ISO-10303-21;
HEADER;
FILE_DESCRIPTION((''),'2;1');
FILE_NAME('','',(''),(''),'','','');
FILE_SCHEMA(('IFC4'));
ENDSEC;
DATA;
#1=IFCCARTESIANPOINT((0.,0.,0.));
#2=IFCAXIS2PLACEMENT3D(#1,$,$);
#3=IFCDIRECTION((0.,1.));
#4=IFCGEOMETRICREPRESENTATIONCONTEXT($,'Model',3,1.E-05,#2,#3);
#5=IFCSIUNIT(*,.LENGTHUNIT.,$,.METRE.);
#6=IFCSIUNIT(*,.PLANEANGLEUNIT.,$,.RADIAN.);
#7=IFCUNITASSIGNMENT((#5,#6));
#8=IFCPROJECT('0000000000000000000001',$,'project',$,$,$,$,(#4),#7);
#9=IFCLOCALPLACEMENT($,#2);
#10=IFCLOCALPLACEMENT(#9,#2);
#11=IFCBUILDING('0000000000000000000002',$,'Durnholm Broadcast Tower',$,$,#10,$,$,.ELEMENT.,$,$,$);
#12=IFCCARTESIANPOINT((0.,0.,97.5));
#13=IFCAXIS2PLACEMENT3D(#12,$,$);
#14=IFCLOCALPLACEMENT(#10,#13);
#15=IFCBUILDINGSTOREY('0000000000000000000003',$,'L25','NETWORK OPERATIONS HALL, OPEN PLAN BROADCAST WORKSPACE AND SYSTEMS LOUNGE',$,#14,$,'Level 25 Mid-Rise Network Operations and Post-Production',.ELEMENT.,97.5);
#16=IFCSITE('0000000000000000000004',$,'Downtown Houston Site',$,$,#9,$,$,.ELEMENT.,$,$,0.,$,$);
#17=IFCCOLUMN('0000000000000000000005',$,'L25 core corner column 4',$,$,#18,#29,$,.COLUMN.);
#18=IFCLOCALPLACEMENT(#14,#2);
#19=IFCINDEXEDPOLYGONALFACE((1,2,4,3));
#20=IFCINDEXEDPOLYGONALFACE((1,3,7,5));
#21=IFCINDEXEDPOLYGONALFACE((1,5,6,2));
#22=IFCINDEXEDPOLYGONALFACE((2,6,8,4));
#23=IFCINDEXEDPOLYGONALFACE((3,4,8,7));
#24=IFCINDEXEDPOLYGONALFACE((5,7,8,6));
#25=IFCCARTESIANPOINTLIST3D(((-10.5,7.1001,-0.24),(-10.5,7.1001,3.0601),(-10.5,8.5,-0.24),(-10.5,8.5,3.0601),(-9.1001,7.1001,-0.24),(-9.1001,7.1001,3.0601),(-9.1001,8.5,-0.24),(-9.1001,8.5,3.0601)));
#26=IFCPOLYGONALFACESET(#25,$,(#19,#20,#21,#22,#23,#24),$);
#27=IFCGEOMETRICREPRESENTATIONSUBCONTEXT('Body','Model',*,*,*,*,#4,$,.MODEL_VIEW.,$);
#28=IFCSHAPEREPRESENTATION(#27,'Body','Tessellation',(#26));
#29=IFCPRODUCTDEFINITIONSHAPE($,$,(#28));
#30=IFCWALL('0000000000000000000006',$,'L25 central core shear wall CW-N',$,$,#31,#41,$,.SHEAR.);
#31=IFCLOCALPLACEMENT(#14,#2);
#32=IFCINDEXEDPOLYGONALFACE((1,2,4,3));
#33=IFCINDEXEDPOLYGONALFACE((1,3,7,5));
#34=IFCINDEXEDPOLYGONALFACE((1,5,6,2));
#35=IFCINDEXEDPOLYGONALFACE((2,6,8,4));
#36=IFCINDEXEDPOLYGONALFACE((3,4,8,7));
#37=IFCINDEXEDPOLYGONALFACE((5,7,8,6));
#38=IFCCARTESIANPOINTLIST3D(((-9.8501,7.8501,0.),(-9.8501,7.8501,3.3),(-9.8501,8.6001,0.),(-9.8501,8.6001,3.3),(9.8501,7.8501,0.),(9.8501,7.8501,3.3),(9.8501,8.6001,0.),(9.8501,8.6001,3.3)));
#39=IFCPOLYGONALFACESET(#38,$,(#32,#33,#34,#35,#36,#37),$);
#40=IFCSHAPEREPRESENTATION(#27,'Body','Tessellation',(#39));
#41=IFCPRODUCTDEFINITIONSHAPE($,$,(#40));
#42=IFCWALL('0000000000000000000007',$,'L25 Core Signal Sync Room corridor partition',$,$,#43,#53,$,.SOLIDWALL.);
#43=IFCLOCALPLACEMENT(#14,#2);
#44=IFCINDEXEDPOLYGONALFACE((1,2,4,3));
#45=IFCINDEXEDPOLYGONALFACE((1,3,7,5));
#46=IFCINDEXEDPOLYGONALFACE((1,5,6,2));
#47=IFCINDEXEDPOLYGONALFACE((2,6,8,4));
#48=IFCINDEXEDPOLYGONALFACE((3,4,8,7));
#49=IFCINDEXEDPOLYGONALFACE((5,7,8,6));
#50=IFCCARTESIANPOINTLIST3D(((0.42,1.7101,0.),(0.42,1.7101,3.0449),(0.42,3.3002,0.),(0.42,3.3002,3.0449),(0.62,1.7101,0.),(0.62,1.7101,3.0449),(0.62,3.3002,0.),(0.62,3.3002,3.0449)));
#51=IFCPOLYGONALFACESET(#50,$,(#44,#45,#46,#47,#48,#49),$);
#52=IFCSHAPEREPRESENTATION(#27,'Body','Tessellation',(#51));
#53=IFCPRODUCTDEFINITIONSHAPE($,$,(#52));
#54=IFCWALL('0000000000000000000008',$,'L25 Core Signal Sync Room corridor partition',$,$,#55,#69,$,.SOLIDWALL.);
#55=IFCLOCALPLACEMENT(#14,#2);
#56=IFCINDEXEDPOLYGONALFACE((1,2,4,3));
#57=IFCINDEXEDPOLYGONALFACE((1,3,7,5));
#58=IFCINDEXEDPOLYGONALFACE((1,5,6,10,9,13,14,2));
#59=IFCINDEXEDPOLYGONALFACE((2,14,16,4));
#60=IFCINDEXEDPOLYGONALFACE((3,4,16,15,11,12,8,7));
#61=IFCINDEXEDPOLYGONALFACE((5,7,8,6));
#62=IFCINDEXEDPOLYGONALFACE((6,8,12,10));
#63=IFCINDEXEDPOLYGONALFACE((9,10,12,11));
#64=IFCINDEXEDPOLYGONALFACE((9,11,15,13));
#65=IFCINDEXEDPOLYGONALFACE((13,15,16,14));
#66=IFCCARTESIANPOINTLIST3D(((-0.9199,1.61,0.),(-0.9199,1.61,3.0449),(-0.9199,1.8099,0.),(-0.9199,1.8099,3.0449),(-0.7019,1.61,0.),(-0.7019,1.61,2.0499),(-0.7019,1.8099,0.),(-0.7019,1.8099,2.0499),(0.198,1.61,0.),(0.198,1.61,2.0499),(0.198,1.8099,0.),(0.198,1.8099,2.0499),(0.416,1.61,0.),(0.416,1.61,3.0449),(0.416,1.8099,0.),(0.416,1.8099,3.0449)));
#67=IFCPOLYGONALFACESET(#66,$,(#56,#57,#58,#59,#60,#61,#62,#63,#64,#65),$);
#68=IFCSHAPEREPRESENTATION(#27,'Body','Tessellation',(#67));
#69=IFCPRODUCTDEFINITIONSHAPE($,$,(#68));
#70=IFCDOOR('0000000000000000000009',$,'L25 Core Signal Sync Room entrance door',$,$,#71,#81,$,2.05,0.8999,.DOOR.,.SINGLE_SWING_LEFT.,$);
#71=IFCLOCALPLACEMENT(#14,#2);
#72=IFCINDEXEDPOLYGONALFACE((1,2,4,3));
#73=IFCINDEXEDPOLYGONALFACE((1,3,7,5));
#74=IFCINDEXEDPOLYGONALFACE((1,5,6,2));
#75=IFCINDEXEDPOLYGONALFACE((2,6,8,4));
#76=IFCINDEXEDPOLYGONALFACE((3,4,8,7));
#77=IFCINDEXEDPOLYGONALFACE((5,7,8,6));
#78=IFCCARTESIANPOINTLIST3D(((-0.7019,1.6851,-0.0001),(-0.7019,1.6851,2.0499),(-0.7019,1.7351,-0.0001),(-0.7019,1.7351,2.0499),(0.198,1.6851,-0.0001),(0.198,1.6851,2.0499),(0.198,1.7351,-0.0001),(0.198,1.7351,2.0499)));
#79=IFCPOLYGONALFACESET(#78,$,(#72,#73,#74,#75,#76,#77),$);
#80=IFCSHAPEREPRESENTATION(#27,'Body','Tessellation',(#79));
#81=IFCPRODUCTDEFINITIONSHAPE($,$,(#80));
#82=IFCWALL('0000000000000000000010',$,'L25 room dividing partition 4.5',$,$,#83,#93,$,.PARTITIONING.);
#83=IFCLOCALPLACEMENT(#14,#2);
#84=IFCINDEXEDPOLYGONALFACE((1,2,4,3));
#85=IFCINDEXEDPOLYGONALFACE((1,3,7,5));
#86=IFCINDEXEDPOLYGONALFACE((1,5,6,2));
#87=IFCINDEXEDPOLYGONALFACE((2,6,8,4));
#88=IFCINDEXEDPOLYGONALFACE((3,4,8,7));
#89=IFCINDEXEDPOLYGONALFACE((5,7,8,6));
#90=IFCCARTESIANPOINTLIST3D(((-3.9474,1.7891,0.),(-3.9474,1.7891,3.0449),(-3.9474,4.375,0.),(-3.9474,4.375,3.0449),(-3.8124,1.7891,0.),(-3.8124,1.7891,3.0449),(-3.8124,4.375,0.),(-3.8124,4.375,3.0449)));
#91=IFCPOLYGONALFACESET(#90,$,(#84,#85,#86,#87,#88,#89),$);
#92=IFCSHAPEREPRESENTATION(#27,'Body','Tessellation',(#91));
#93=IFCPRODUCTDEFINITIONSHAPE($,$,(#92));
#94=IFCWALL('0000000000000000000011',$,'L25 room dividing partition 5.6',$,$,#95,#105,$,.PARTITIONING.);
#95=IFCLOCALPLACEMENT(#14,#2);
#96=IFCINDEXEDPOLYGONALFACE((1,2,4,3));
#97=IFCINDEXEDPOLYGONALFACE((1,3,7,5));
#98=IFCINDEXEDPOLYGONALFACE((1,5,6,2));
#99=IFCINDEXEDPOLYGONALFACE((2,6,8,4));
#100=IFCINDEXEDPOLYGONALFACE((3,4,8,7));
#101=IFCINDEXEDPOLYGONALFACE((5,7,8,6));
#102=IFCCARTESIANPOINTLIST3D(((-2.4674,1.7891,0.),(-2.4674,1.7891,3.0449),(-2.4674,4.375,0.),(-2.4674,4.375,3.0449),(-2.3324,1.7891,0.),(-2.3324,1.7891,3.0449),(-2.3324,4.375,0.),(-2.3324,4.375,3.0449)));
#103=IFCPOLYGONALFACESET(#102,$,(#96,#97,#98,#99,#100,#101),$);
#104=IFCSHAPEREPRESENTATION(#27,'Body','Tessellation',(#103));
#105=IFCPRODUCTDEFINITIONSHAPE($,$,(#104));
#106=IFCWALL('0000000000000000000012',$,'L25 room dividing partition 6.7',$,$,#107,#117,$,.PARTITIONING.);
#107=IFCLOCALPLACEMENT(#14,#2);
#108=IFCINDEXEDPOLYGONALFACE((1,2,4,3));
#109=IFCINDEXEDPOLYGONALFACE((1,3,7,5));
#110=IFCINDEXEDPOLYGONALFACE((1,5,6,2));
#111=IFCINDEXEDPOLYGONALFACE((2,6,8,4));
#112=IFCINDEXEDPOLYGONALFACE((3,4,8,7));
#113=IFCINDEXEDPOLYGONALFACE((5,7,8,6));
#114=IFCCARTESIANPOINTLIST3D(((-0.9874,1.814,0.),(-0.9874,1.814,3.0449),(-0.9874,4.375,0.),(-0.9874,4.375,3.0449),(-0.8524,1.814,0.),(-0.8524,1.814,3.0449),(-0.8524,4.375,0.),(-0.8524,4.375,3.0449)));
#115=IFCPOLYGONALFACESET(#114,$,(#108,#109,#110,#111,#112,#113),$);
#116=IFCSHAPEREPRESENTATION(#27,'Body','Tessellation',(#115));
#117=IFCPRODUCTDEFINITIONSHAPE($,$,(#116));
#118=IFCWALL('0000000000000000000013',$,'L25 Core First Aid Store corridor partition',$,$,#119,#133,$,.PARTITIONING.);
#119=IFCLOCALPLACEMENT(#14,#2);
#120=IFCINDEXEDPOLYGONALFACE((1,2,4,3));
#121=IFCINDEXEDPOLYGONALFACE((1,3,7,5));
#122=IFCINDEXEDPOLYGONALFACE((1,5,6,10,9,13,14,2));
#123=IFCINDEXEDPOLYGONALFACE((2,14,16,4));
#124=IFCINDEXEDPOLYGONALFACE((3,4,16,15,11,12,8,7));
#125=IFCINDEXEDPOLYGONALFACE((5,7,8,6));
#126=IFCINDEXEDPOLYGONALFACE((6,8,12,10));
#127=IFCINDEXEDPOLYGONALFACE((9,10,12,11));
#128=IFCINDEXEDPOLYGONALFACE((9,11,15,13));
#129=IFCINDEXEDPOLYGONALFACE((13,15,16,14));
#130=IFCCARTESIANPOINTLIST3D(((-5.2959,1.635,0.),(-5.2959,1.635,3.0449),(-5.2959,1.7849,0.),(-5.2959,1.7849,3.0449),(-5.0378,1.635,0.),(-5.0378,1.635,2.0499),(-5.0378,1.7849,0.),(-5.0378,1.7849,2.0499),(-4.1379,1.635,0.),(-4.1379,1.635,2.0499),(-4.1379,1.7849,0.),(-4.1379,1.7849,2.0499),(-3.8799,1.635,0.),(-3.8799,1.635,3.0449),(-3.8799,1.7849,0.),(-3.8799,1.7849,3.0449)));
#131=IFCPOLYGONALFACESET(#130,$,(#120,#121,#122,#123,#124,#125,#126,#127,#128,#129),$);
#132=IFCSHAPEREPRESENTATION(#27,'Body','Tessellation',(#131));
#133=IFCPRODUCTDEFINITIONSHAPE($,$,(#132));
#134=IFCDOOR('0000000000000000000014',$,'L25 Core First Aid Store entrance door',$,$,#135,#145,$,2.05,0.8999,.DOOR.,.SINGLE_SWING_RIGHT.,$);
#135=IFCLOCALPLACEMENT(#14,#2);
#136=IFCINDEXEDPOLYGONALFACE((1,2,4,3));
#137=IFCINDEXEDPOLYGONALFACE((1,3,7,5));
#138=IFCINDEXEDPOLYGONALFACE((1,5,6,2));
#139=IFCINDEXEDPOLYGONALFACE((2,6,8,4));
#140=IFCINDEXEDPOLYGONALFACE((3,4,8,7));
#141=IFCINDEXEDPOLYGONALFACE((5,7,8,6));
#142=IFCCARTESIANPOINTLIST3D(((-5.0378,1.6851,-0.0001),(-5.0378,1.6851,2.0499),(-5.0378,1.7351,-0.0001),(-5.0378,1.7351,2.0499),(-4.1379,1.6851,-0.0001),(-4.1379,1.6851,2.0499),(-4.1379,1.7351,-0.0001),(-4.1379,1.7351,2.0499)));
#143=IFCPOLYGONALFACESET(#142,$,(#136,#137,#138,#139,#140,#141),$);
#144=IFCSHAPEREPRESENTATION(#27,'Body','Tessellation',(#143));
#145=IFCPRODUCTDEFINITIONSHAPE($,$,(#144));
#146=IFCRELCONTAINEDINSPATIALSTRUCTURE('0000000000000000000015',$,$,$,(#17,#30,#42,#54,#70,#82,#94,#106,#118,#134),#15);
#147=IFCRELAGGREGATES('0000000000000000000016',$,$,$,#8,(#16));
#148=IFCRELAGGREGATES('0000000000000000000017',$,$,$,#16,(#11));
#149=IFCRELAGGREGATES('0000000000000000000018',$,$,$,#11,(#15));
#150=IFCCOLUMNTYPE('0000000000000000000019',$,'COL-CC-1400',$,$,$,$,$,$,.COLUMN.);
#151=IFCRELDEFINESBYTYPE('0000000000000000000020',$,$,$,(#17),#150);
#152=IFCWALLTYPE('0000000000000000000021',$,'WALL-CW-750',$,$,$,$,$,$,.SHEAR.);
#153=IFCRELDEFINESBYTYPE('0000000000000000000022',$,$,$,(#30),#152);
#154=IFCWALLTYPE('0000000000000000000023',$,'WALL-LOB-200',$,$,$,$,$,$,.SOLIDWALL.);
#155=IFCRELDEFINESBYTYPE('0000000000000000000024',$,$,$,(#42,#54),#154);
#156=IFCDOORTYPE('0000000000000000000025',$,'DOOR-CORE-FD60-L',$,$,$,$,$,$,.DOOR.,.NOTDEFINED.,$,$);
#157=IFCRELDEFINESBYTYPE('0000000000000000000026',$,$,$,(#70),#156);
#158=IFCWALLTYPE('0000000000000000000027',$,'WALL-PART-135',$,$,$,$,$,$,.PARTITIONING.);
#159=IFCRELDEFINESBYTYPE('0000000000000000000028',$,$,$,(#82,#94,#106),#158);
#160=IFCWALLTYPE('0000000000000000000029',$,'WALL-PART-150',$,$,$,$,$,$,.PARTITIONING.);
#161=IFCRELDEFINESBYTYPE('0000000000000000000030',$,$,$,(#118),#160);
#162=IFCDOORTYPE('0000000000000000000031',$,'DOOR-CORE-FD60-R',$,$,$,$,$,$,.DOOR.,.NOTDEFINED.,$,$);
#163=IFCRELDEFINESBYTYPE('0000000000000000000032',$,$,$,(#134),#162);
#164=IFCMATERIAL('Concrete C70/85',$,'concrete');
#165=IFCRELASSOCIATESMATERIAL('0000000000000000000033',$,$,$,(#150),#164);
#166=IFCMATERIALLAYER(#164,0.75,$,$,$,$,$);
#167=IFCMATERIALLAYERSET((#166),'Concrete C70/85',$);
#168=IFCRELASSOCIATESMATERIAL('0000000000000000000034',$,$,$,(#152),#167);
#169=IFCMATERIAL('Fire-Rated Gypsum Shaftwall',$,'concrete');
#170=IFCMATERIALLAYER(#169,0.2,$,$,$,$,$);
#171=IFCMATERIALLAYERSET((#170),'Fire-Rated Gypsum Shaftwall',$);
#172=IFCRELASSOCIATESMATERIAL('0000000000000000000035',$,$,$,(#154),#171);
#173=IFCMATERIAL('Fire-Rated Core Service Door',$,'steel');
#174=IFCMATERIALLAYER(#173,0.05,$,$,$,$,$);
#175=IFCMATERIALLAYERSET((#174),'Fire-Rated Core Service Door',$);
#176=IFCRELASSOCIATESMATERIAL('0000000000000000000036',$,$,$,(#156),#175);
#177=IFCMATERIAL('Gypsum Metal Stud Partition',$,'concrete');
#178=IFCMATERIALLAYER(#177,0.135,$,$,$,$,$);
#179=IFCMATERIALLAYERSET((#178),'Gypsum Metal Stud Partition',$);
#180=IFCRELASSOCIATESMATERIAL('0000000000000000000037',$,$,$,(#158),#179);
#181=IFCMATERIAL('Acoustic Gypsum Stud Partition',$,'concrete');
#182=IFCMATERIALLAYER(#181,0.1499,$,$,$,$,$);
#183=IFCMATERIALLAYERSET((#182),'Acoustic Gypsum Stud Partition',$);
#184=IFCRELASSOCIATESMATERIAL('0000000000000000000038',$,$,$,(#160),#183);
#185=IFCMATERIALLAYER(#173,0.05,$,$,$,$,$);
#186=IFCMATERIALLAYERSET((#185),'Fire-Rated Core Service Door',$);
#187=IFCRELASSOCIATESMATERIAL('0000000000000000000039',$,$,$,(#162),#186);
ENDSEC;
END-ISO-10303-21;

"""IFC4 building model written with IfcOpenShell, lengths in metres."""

from ifc_helpers import new_model, si_unit, direction, frame, frame_2d, origin, origin_2d, place, context, subcontext, project, spatial, rectangle, extrude, source, transform, mapped, material, layer, layer_set, material_profile, profile_set, type_object, type_shapes, element, fill, save


model = new_model("IFC4")

# Units and contexts
model_context = context("Model", 3, precision=1e-05, world=origin(), true_north=direction((0.0, 1.0)))
body_context = subcontext(model_context, "Body", "Model", "MODEL_VIEW")
ifc_project = project(units=[si_unit("LENGTHUNIT", "METRE"), si_unit("PLANEANGLEUNIT", "RADIAN")], contexts=[model_context])

# Site, building, storey
site_placement = place(None, origin())
site = spatial("IfcSite", under=ifc_project, at=site_placement, Name="Downtown Houston Site", CompositionType="ELEMENT", RefElevation=0.0)
building_placement = place(site_placement, origin())
building = spatial("IfcBuilding", under=site, at=building_placement, Name="Durnholm Broadcast Tower", CompositionType="ELEMENT")
storey_placement = place(building_placement, frame((0.0, 0.0, 97.5)))
storey = spatial("IfcBuildingStorey", under=building, at=storey_placement, Name="L25", Description="NETWORK OPERATIONS HALL, OPEN PLAN BROADCAST WORKSPACE AND SYSTEMS LOUNGE", LongName="Level 25 Mid-Rise Network Operations and Post-Production", CompositionType="ELEMENT", Elevation=97.5)

# Column
ifc_material_1 = material(Name="Concrete C70/85", Category="concrete")
ifc_material_profile = material_profile(ifc_material_1, rectangle(XDim=1.3999, YDim=1.3999, at=origin_2d()), Name="RC1400X1400")
ifc_profile_set = profile_set([ifc_material_profile], Name="Concrete C70/85")
column_type = type_object("IfcColumnType", Name="COL-CC-1400", PredefinedType="COLUMN", material=ifc_profile_set)
shared_shape_1 = source(origin(), body_context, "Body", "SweptSolid", [
    extrude(rectangle(XDim=1.3999, YDim=1.3999, at=origin_2d()), origin(), (0.0, 0.0, 1.0), 3.3),
])
type_shapes(column_type, [shared_shape_1])
column_placement = place(storey_placement, frame((-9.8, 7.8, -0.24), z_axis=(0.0, 0.0, 1.0), x_axis=(1.0, 0.0, 0.0)))
element("IfcColumn", 1, at=column_placement, inside=storey, type_object=column_type, Name="L25 core corner column 4", PredefinedType="COLUMN", context=body_context, shape_type="MappedRepresentation", body=[
    mapped(shared_shape_1, transform((0.0, 0.0, 0.0), x_axis=(1.0, 0.0, 0.0), y_axis=(0.0, 1.0, 0.0), z_axis=(0.0, 0.0, 1.0), scale=1.0)),
])

# Walls
ifc_layer_1 = layer(ifc_material_1, 0.75)
ifc_layer_set_1 = layer_set([ifc_layer_1], Name="Concrete C70/85")
wall_type_1 = type_object("IfcWallType", Name="WALL-CW-750", PredefinedType="SHEAR", material=ifc_layer_set_1)
wall_1_placement = place(storey_placement, frame((-9.8501, 8.2251, 0.0), z_axis=(0.0, 0.0, 1.0), x_axis=(1.0, 0.0, 0.0)))
element("IfcWall", 2, at=wall_1_placement, inside=storey, type_object=wall_type_1, Name="L25 central core shear wall CW-N", PredefinedType="SHEAR", context=body_context, shape_type="SweptSolid", body=[
    extrude(rectangle(XDim=19.7002, YDim=0.75, at=frame_2d((9.8501, 0.0))), origin(), (0.0, 0.0, 1.0), 3.3),
])
ifc_material_2 = material(Name="Fire-Rated Gypsum Shaftwall", Category="concrete")
ifc_layer_2 = layer(ifc_material_2, 0.2)
ifc_layer_set_2 = layer_set([ifc_layer_2], Name="Fire-Rated Gypsum Shaftwall")
wall_type_2 = type_object("IfcWallType", Name="WALL-LOB-200", PredefinedType="SOLIDWALL", material=ifc_layer_set_2)
wall_2_placement = place(storey_placement, frame((0.52, 3.3, 0.0), z_axis=(0.0, 0.0, 1.0), x_axis=(0.0, -1.0, 0.0)))
element("IfcWall", 3, at=wall_2_placement, inside=storey, type_object=wall_type_2, Name="L25 Core Signal Sync Room corridor partition", PredefinedType="SOLIDWALL", context=body_context, shape_type="SweptSolid", body=[
    extrude(rectangle(XDim=1.5901, YDim=0.2, at=frame_2d((0.7949, 0.0))), origin(), (0.0, 0.0, 1.0), 3.0449),
])

# Wall, opening, door
wall_3_placement = place(storey_placement, frame((0.416, 1.71, 0.0), z_axis=(0.0, 0.0, 1.0), x_axis=(-1.0, 0.0, 0.0)))
wall_3 = element("IfcWall", 4, at=wall_3_placement, inside=storey, type_object=wall_type_2, Name="L25 Core Signal Sync Room corridor partition", PredefinedType="SOLIDWALL", context=body_context, shape_type="SweptSolid", body=[
    extrude(rectangle(XDim=1.3359, YDim=0.2, at=frame_2d((0.668, 0.0))), origin(), (0.0, 0.0, 1.0), 3.0449),
])
opening_1_placement = place(wall_3_placement, frame((0.218, 0.0, 0.0)))
opening_1 = element("IfcOpeningElement", 5, at=opening_1_placement, cuts=wall_3, PredefinedType="OPENING", context=body_context, shape_type="SweptSolid", body=[
    extrude(rectangle(XDim=0.8999, YDim=2.05, at=frame_2d((0.45, 1.0249))), frame((0.0, 0.1099, 0.0), z_axis=(0.0, -1.0, 0.0), x_axis=(1.0, 0.0, 0.0)), (0.0, 0.0, 1.0), 0.22),
])
ifc_material_3 = material(Name="Fire-Rated Core Service Door", Category="steel")
ifc_layer_3 = layer(ifc_material_3, 0.05)
ifc_layer_set_3 = layer_set([ifc_layer_3], Name="Fire-Rated Core Service Door")
door_type_1 = type_object("IfcDoorType", Name="DOOR-CORE-FD60-L", OperationType="NOTDEFINED", PredefinedType="DOOR", material=ifc_layer_set_3)
shared_shape_2 = source(origin(), body_context, "Body", "SweptSolid", [
    extrude(rectangle(XDim=0.8999, YDim=2.05, at=frame_2d((0.45, 1.0249))), frame((0.0, 0.0249, 0.0), z_axis=(0.0, -1.0, 0.0), x_axis=(1.0, 0.0, 0.0)), (0.0, 0.0, 1.0), 0.05),
])
type_shapes(door_type_1, [shared_shape_2])
door_1_placement = place(opening_1_placement, origin())
door_1 = element("IfcDoor", 6, at=door_1_placement, inside=storey, type_object=door_type_1, Name="L25 Core Signal Sync Room entrance door", OperationType="SINGLE_SWING_LEFT", OverallHeight=2.05, OverallWidth=0.8999, PredefinedType="DOOR", context=body_context, shape_type="MappedRepresentation", body=[
    mapped(shared_shape_2, transform((0.0, 0.0, 0.0), x_axis=(1.0, 0.0, 0.0), y_axis=(0.0, 1.0, 0.0), z_axis=(0.0, 0.0, 1.0), scale=1.0)),
])
fill(opening_1, door_1)

# Walls
ifc_material_4 = material(Name="Gypsum Metal Stud Partition", Category="concrete")
ifc_layer_4 = layer(ifc_material_4, 0.135)
ifc_layer_set_4 = layer_set([ifc_layer_4], Name="Gypsum Metal Stud Partition")
wall_type_3 = type_object("IfcWallType", Name="WALL-PART-135", PredefinedType="PARTITIONING", material=ifc_layer_set_4)
for number, where, z_axis, x_axis, name in (
    (7, (-3.8799, 4.375, 0.0), (0.0, 0.0, 1.0), (0.0, -1.0, 0.0), "L25 room dividing partition 4.5"),
    (8, (-2.3999, 4.375, 0.0), (0.0, 0.0, 1.0), (0.0, -1.0, 0.0), "L25 room dividing partition 5.6"),
):
    element("IfcWall", number, at=place(storey_placement, frame(where, z_axis=z_axis, x_axis=x_axis)), inside=storey, type_object=wall_type_3, Name=name, PredefinedType="PARTITIONING", context=body_context, shape_type="SweptSolid", body=[
        extrude(rectangle(XDim=2.5859, YDim=0.135, at=frame_2d((1.293, 0.0))), origin(), (0.0, 0.0, 1.0), 3.0449),
    ])
wall_4_placement = place(storey_placement, frame((-0.9199, 4.375, 0.0), z_axis=(0.0, 0.0, 1.0), x_axis=(0.0, -1.0, 0.0)))
element("IfcWall", 9, at=wall_4_placement, inside=storey, type_object=wall_type_3, Name="L25 room dividing partition 6.7", PredefinedType="PARTITIONING", context=body_context, shape_type="SweptSolid", body=[
    extrude(rectangle(XDim=2.561, YDim=0.135, at=frame_2d((1.2805, 0.0))), origin(), (0.0, 0.0, 1.0), 3.0449),
])

# Wall, opening, door
ifc_material_5 = material(Name="Acoustic Gypsum Stud Partition", Category="concrete")
ifc_layer_5 = layer(ifc_material_5, 0.1499)
ifc_layer_set_5 = layer_set([ifc_layer_5], Name="Acoustic Gypsum Stud Partition")
wall_type_4 = type_object("IfcWallType", Name="WALL-PART-150", PredefinedType="PARTITIONING", material=ifc_layer_set_5)
wall_5_placement = place(storey_placement, frame((-3.8799, 1.71, 0.0), z_axis=(0.0, 0.0, 1.0), x_axis=(-1.0, 0.0, 0.0)))
wall_5 = element("IfcWall", 10, at=wall_5_placement, inside=storey, type_object=wall_type_4, Name="L25 Core First Aid Store corridor partition", PredefinedType="PARTITIONING", context=body_context, shape_type="SweptSolid", body=[
    extrude(rectangle(XDim=1.416, YDim=0.1499, at=frame_2d((0.708, 0.0))), origin(), (0.0, 0.0, 1.0), 3.0449),
])
opening_2_placement = place(wall_5_placement, frame((0.2581, 0.0, 0.0)))
opening_2 = element("IfcOpeningElement", 11, at=opening_2_placement, cuts=wall_5, PredefinedType="OPENING", context=body_context, shape_type="SweptSolid", body=[
    extrude(rectangle(XDim=0.8999, YDim=2.05, at=frame_2d((0.45, 1.0249))), frame((0.0, 0.085, 0.0), z_axis=(0.0, -1.0, 0.0), x_axis=(1.0, 0.0, 0.0)), (0.0, 0.0, 1.0), 0.1699),
])
ifc_layer_6 = layer(ifc_material_3, 0.05)
ifc_layer_set_6 = layer_set([ifc_layer_6], Name="Fire-Rated Core Service Door")
door_type_2 = type_object("IfcDoorType", Name="DOOR-CORE-FD60-R", OperationType="NOTDEFINED", PredefinedType="DOOR", material=ifc_layer_set_6)
shared_shape_3 = source(origin(), body_context, "Body", "SweptSolid", [
    extrude(rectangle(XDim=0.8999, YDim=2.05, at=frame_2d((0.45, 1.0249))), frame((0.0, 0.0249, 0.0), z_axis=(0.0, -1.0, 0.0), x_axis=(1.0, 0.0, 0.0)), (0.0, 0.0, 1.0), 0.05),
])
type_shapes(door_type_2, [shared_shape_3])
door_2_placement = place(opening_2_placement, origin())
door_2 = element("IfcDoor", 12, at=door_2_placement, inside=storey, type_object=door_type_2, Name="L25 Core First Aid Store entrance door", OperationType="SINGLE_SWING_RIGHT", OverallHeight=2.05, OverallWidth=0.8999, PredefinedType="DOOR", context=body_context, shape_type="MappedRepresentation", body=[
    mapped(shared_shape_3, transform((0.0, 0.0, 0.0), x_axis=(1.0, 0.0, 0.0), y_axis=(0.0, 1.0, 0.0), z_axis=(0.0, 0.0, 1.0), scale=1.0)),
])
fill(opening_2, door_2)

save(model, "model.ifc")
